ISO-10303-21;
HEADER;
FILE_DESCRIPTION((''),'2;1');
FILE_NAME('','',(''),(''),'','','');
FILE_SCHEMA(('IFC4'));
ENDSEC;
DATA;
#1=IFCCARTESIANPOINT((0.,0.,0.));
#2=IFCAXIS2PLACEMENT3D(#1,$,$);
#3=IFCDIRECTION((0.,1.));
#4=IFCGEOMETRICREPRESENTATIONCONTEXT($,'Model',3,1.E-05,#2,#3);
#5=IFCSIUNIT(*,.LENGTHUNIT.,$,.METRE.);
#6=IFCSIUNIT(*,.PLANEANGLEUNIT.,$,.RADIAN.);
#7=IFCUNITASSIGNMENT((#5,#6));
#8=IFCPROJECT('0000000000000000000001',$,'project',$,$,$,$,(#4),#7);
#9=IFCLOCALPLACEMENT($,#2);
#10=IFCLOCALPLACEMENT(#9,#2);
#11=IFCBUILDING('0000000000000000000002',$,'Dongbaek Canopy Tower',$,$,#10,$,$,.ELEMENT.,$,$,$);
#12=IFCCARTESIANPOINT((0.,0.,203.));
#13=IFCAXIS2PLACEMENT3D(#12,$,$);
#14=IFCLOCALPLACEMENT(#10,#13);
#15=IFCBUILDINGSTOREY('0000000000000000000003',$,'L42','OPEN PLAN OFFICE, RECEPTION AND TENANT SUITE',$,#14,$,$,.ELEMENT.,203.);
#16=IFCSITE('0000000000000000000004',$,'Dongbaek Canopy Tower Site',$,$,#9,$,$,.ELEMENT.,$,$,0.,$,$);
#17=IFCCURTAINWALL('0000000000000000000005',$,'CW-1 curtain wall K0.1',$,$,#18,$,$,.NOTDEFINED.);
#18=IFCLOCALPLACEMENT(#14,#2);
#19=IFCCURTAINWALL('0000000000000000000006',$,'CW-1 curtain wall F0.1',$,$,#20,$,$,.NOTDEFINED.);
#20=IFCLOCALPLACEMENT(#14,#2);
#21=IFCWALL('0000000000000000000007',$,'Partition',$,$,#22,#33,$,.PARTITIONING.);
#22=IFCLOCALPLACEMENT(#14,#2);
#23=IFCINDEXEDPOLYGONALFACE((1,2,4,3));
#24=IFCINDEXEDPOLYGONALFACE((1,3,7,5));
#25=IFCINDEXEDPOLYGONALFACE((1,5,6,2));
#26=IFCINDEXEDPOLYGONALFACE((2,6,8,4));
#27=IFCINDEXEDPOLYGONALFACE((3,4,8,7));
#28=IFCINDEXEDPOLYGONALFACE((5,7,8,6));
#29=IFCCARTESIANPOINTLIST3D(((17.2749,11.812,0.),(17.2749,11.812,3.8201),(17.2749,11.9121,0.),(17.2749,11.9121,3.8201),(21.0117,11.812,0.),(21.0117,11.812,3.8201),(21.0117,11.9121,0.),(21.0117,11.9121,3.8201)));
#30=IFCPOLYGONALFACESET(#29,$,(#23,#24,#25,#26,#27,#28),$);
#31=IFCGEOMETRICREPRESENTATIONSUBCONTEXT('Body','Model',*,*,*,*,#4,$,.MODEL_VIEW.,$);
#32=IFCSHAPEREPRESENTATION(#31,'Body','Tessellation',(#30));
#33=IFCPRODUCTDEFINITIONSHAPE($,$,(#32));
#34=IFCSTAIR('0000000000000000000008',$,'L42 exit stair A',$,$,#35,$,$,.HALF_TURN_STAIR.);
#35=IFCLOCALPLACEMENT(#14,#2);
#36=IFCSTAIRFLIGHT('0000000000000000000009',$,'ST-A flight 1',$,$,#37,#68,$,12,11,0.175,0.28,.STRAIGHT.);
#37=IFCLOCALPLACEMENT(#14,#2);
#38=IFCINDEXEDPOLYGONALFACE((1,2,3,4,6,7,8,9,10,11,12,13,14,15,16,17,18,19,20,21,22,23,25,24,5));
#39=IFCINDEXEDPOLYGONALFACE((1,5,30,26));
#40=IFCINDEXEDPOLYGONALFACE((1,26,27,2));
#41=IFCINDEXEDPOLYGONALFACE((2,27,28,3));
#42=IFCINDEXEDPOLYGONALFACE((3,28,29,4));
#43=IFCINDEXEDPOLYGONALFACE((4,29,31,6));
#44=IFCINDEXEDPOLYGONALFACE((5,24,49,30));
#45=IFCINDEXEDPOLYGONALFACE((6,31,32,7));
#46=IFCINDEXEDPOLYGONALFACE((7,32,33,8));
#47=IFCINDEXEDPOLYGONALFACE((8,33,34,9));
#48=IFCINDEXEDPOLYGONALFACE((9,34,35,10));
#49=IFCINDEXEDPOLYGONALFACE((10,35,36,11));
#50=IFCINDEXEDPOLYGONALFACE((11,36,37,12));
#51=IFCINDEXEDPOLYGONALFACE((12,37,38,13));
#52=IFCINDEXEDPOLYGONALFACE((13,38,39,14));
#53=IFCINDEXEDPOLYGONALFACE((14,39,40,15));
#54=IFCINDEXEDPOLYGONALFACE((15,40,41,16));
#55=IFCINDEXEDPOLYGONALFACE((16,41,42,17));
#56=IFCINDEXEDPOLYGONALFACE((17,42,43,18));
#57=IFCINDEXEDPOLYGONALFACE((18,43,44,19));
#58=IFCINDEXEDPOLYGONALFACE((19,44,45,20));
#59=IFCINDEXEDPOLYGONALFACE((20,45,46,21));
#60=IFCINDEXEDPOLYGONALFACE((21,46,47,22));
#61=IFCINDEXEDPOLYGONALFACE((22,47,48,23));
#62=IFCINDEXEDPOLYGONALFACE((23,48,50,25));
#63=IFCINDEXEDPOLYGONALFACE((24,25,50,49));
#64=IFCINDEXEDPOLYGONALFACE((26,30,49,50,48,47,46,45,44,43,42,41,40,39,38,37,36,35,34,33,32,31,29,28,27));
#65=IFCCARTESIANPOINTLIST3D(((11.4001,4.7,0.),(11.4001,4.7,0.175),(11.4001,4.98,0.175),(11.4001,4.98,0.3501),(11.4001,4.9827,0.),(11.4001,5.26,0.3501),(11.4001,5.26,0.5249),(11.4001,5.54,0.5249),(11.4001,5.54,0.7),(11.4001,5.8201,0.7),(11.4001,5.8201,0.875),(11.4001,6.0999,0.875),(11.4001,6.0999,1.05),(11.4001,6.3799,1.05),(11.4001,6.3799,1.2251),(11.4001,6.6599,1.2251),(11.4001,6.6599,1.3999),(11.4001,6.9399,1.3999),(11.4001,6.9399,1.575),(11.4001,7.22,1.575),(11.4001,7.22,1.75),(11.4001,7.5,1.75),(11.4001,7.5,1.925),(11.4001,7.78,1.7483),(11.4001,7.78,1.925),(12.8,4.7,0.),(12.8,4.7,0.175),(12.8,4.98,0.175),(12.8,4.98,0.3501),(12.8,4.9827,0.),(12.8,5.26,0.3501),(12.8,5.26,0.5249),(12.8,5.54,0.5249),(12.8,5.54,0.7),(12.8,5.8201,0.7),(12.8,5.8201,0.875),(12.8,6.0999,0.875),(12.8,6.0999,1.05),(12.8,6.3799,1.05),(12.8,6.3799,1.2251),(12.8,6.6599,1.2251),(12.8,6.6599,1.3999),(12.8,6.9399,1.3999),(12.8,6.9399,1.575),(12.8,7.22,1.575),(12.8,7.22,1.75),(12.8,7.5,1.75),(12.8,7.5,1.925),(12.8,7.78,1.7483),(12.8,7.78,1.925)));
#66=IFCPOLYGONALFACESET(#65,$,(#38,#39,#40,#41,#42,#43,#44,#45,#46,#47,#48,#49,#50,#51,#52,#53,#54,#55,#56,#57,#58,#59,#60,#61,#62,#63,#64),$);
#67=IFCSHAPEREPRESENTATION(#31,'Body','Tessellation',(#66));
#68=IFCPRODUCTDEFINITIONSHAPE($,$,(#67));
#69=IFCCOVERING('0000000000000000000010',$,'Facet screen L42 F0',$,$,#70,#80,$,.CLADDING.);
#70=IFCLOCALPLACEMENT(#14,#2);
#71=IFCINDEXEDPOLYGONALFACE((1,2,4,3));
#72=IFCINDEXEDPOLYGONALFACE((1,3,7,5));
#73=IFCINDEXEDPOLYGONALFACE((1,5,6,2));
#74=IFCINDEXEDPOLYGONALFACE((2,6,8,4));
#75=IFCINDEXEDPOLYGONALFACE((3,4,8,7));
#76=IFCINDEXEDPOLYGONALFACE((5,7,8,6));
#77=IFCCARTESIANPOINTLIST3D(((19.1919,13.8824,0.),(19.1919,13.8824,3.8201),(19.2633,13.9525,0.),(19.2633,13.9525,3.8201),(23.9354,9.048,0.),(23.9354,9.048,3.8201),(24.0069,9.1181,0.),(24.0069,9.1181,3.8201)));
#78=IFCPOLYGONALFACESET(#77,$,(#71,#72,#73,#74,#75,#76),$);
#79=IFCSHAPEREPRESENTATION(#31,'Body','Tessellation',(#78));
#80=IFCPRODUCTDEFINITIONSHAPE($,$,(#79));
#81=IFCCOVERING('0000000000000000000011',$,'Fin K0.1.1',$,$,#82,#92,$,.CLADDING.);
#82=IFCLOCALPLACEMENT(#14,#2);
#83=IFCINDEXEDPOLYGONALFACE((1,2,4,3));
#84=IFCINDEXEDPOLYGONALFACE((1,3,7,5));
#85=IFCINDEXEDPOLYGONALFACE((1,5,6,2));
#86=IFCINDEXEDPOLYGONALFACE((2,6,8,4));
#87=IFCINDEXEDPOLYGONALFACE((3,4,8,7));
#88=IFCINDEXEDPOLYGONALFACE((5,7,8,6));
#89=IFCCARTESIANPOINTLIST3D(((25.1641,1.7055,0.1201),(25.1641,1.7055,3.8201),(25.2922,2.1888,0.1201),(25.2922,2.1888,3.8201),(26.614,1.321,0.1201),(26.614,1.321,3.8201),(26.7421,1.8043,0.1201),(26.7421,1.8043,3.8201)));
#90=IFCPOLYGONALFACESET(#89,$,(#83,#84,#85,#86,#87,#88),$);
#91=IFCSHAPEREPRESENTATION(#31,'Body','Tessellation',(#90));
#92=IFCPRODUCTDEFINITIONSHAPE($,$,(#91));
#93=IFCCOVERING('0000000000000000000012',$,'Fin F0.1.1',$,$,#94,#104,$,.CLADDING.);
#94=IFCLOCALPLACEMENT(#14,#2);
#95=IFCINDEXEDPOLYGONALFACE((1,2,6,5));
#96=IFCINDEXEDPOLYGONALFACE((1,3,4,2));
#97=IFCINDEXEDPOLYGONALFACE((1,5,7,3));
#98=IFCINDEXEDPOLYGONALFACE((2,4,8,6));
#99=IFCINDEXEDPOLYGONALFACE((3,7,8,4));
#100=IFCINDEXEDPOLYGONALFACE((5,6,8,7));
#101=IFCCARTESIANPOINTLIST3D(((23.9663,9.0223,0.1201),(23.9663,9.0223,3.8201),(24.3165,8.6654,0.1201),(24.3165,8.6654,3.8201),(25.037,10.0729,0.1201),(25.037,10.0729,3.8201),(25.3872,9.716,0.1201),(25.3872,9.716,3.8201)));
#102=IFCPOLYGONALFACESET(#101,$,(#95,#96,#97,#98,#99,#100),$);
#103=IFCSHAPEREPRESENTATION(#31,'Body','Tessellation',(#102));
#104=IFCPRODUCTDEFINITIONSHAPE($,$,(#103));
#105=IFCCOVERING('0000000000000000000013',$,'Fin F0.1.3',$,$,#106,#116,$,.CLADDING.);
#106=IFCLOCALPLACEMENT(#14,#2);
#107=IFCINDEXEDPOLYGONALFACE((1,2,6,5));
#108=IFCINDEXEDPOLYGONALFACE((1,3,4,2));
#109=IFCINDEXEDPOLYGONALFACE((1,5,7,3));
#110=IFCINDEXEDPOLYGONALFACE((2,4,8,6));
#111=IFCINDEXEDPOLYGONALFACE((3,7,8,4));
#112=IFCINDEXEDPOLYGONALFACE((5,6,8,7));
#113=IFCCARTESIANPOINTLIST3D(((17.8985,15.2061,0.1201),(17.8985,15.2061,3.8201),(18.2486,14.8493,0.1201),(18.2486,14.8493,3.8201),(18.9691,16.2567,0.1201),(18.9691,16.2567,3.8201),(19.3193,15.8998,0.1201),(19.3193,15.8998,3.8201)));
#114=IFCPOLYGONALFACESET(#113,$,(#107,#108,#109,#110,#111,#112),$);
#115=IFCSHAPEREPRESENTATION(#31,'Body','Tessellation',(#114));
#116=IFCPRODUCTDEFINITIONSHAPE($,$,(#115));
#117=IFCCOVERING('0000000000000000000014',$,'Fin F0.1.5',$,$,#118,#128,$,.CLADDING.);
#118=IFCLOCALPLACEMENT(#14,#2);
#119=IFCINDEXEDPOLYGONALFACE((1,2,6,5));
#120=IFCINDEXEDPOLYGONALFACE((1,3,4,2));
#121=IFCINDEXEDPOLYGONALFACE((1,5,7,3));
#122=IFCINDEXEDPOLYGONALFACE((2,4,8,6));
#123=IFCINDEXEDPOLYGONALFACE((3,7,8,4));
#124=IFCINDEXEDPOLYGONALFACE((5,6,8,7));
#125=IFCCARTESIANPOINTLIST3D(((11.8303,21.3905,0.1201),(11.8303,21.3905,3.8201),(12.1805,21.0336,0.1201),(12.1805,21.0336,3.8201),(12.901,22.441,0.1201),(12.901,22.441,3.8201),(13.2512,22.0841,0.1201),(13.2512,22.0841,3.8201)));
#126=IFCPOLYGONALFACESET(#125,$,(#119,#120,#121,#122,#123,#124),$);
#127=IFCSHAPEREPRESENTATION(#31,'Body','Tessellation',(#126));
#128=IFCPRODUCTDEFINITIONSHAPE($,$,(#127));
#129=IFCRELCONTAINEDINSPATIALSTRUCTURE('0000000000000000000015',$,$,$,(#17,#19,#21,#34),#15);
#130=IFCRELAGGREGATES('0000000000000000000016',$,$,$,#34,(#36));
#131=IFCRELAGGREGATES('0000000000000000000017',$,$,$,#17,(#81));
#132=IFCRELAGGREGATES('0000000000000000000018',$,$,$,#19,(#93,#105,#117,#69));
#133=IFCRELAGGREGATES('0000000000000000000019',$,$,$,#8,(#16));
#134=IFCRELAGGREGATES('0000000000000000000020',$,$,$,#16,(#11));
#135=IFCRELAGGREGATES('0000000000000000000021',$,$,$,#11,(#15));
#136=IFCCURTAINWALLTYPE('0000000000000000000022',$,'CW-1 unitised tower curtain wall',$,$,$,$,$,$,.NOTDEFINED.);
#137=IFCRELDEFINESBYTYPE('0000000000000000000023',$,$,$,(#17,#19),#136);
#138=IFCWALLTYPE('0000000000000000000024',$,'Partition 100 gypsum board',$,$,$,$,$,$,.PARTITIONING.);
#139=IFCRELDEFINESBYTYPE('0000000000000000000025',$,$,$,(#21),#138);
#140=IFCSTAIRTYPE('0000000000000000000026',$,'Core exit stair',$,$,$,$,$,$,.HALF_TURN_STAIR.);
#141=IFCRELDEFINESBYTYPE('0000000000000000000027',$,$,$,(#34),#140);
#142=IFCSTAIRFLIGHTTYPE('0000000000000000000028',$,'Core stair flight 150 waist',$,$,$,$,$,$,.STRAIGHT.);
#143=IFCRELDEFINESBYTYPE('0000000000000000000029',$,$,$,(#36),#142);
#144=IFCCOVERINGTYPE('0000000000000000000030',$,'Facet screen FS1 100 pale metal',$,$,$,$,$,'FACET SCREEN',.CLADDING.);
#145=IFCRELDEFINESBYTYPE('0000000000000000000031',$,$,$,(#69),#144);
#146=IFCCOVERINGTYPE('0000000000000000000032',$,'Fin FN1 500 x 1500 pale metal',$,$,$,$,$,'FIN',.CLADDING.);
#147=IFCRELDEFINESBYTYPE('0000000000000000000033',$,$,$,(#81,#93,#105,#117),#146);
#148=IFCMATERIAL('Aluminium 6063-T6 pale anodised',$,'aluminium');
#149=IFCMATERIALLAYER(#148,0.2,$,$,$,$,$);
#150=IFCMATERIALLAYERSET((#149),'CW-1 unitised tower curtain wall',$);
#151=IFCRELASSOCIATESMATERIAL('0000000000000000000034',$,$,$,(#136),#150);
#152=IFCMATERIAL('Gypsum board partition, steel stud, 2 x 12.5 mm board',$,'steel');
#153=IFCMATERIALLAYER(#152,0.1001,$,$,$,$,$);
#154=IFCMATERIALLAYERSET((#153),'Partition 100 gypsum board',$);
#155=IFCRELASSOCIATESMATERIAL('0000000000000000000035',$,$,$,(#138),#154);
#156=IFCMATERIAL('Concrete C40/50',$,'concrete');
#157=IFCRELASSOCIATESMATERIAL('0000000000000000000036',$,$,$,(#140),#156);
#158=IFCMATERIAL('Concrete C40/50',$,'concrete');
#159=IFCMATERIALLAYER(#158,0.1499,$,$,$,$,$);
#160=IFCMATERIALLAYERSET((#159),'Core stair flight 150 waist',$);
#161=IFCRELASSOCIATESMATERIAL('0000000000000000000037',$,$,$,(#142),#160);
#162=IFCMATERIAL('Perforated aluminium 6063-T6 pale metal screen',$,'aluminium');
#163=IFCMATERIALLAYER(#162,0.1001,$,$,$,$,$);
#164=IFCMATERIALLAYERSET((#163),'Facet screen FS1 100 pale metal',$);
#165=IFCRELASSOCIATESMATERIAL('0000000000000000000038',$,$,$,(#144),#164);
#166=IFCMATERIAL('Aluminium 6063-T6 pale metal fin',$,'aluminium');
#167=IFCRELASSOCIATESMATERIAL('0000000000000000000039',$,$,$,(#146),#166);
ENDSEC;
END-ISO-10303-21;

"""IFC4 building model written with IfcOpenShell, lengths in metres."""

from ifc_helpers import new_model, si_unit, direction, frame, frame_2d, origin, origin_2d, place, context, subcontext, project, spatial, polyline, rectangle, outline, extrude, material, layer, layer_set, material_profile, profile_set, type_object, element, aggregate, save


model = new_model("IFC4")

# Units and contexts
model_context = context("Model", 3, precision=1e-05, world=origin(), true_north=direction((0.0, 1.0)))
body_context = subcontext(model_context, "Body", "Model", "MODEL_VIEW")
ifc_project = project(units=[si_unit("LENGTHUNIT", "METRE"), si_unit("PLANEANGLEUNIT", "RADIAN")], contexts=[model_context])

# Site, building, storey
site_placement = place(None, origin())
site = spatial("IfcSite", under=ifc_project, at=site_placement, Name="Dongbaek Canopy Tower Site", CompositionType="ELEMENT", RefElevation=0.0)
building_placement = place(site_placement, origin())
building = spatial("IfcBuilding", under=site, at=building_placement, Name="Dongbaek Canopy Tower", CompositionType="ELEMENT")
storey_placement = place(building_placement, frame((0.0, 0.0, 203.0)))
storey = spatial("IfcBuildingStorey", under=building, at=storey_placement, Name="L42", Description="OPEN PLAN OFFICE, RECEPTION AND TENANT SUITE", CompositionType="ELEMENT", Elevation=203.0)

# Curtain walls
ifc_material_1 = material(Name="Aluminium 6063-T6 pale anodised", Category="aluminium")
ifc_layer_1 = layer(ifc_material_1, 0.2)
ifc_layer_set_1 = layer_set([ifc_layer_1], Name="CW-1 unitised tower curtain wall")
curtain_wall_type = type_object("IfcCurtainWallType", Name="CW-1 unitised tower curtain wall", PredefinedType="NOTDEFINED", material=ifc_layer_set_1)
curtain_wall_1_placement = place(storey_placement, origin())
curtain_wall_1 = element("IfcCurtainWall", 1, at=curtain_wall_1_placement, inside=storey, type_object=curtain_wall_type, Name="CW-1 curtain wall K0.1", PredefinedType="NOTDEFINED")
curtain_wall_2_placement = place(storey_placement, origin())
curtain_wall_2 = element("IfcCurtainWall", 2, at=curtain_wall_2_placement, inside=storey, type_object=curtain_wall_type, Name="CW-1 curtain wall F0.1", PredefinedType="NOTDEFINED")

# Wall
ifc_material_2 = material(Name="Gypsum board partition, steel stud, 2 x 12.5 mm board", Category="steel")
ifc_layer_2 = layer(ifc_material_2, 0.1001)
ifc_layer_set_2 = layer_set([ifc_layer_2], Name="Partition 100 gypsum board")
wall_type_1 = type_object("IfcWallType", Name="Partition 100 gypsum board", PredefinedType="PARTITIONING", material=ifc_layer_set_2)
wall_1_placement = place(storey_placement, frame((17.2749, 11.8621, 0.0), z_axis=(0.0, 0.0, 1.0), x_axis=(1.0, 0.0, 0.0)))
element("IfcWall", 3, at=wall_1_placement, inside=storey, type_object=wall_type_1, Name="Partition", PredefinedType="PARTITIONING", context=body_context, shape_type="SweptSolid", body=[
    extrude(rectangle(XDim=3.7368, YDim=0.1001, at=frame_2d((1.8684, 0.0))), origin(), (0.0, 0.0, 1.0), 3.8201),
])

# Stair, stair flight
ifc_material_3 = material(Name="Concrete C40/50", Category="concrete")
stair_type = type_object("IfcStairType", Name="Core exit stair", PredefinedType="HALF_TURN_STAIR", material=ifc_material_3)
stair_placement = place(storey_placement, origin())
stair = element("IfcStair", 4, at=stair_placement, inside=storey, type_object=stair_type, Name="L42 exit stair A", PredefinedType="HALF_TURN_STAIR")
ifc_material_4 = material(Name="Concrete C40/50", Category="concrete")
ifc_layer_3 = layer(ifc_material_4, 0.1499)
ifc_layer_set_3 = layer_set([ifc_layer_3], Name="Core stair flight 150 waist")
stair_flight_type = type_object("IfcStairFlightType", Name="Core stair flight 150 waist", PredefinedType="STRAIGHT", material=ifc_layer_set_3)
stair_flight_placement = place(storey_placement, frame((12.1001, 4.7, 0.0), z_axis=(0.0, 0.0, 1.0), x_axis=(0.0, 1.0, 0.0)))
stair_flight = element("IfcStairFlight", 5, at=stair_flight_placement, type_object=stair_flight_type, Name="ST-A flight 1", NumberOfRisers=12, NumberOfTreads=11, PredefinedType="STRAIGHT", RiserHeight=0.175, TreadLength=0.28, context=body_context, shape_type="SweptSolid", body=[
    extrude(outline(polyline([(0.0, 0.0), (0.0, 0.175), (0.28, 0.175), (0.28, 0.3501), (0.5601, 0.3501), (0.5601, 0.5249), (0.8401, 0.5249), (0.8401, 0.7), (1.1201, 0.7), (1.1201, 0.875), (1.3999, 0.875), (1.3999, 1.05), (1.6799, 1.05), (1.6799, 1.2251), (1.96, 1.2251), (1.96, 1.3999), (2.24, 1.3999), (2.24, 1.575), (2.52, 1.575), (2.52, 1.75), (2.8, 1.75), (2.8, 1.925), (3.0801, 1.925), (3.0801, 2.1001), (3.0801, 1.7483), (0.2827, 0.0), (0.0, 0.0)])), frame((0.0, 0.7, 0.0), z_axis=(0.0, -1.0, 0.0), x_axis=(1.0, 0.0, 0.0)), (0.0, 0.0, 1.0), 1.3999),
])
aggregate(stair, [stair_flight])

# Coverings
ifc_material_5 = material(Name="Perforated aluminium 6063-T6 pale metal screen", Category="aluminium")
ifc_layer_4 = layer(ifc_material_5, 0.1001)
ifc_layer_set_4 = layer_set([ifc_layer_4], Name="Facet screen FS1 100 pale metal")
covering_type_1 = type_object("IfcCoveringType", Name="Facet screen FS1 100 pale metal", ElementType="FACET SCREEN", PredefinedType="CLADDING", material=ifc_layer_set_4)
covering_1_placement = place(storey_placement, frame((21.5994, 11.5002, 0.0), z_axis=(0.0, 0.0, 1.0), x_axis=(-0.700368, 0.713782, 0.0)))
covering_1 = element("IfcCovering", 6, at=covering_1_placement, type_object=covering_type_1, Name="Facet screen L42 F0", PredefinedType="CLADDING", context=body_context, shape_type="SweptSolid", body=[
    extrude(rectangle(XDim=6.7729, YDim=0.1001, at=origin_2d()), origin(), (0.0, 0.0, 1.0), 3.8201),
])
ifc_material_6 = material(Name="Aluminium 6063-T6 pale metal fin", Category="aluminium")
ifc_material_profile_1 = material_profile(ifc_material_6, rectangle(XDim=1.5, YDim=0.5, at=origin_2d()), Name="Fin FN1 500 x 1500 pale metal")
ifc_profile_set_1 = profile_set([ifc_material_profile_1], Name="Aluminium 6063-T6 pale metal fin")
covering_type_2 = type_object("IfcCoveringType", Name="Fin FN1 500 x 1500 pale metal", ElementType="FIN", PredefinedType="CLADDING", material=ifc_profile_set_1)
covering_2_placement = place(storey_placement, frame((25.9531, 1.7549, 0.1201), z_axis=(0.0, 0.0, 1.0), x_axis=(0.966599, -0.256293, 0.0)))
covering_2 = element("IfcCovering", 7, at=covering_2_placement, type_object=covering_type_2, Name="Fin K0.1.1", PredefinedType="CLADDING", context=body_context, shape_type="SweptSolid", body=[
    extrude(rectangle(XDim=1.5, YDim=0.5, at=origin_2d()), origin(), (0.0, 0.0, 1.0), 3.7),
])
aggregate(curtain_wall_1, [covering_2])
covering_3_placement = place(storey_placement, frame((24.6768, 9.3691, 0.1201), z_axis=(0.0, 0.0, 1.0), x_axis=(0.713782, 0.700368, 0.0)))
covering_3 = element("IfcCovering", 8, at=covering_3_placement, type_object=covering_type_2, Name="Fin F0.1.1", PredefinedType="CLADDING", context=body_context, shape_type="SweptSolid", body=[
    extrude(rectangle(XDim=1.5, YDim=0.5, at=origin_2d()), origin(), (0.0, 0.0, 1.0), 3.7),
])
covering_4_placement = place(storey_placement, frame((18.6089, 15.553, 0.1201), z_axis=(0.0, 0.0, 1.0), x_axis=(0.713782, 0.700368, 0.0)))
covering_4 = element("IfcCovering", 9, at=covering_4_placement, type_object=covering_type_2, Name="Fin F0.1.3", PredefinedType="CLADDING", context=body_context, shape_type="SweptSolid", body=[
    extrude(rectangle(XDim=1.5, YDim=0.5, at=origin_2d()), origin(), (0.0, 0.0, 1.0), 3.7),
])
covering_5_placement = place(storey_placement, frame((12.5408, 21.7373, 0.1201), z_axis=(0.0, 0.0, 1.0), x_axis=(0.713782, 0.700368, 0.0)))
covering_5 = element("IfcCovering", 10, at=covering_5_placement, type_object=covering_type_2, Name="Fin F0.1.5", PredefinedType="CLADDING", context=body_context, shape_type="SweptSolid", body=[
    extrude(rectangle(XDim=1.5, YDim=0.5, at=origin_2d()), origin(), (0.0, 0.0, 1.0), 3.7),
])
aggregate(curtain_wall_2, [covering_3, covering_4, covering_5, covering_1])

save(model, "model.ifc")
